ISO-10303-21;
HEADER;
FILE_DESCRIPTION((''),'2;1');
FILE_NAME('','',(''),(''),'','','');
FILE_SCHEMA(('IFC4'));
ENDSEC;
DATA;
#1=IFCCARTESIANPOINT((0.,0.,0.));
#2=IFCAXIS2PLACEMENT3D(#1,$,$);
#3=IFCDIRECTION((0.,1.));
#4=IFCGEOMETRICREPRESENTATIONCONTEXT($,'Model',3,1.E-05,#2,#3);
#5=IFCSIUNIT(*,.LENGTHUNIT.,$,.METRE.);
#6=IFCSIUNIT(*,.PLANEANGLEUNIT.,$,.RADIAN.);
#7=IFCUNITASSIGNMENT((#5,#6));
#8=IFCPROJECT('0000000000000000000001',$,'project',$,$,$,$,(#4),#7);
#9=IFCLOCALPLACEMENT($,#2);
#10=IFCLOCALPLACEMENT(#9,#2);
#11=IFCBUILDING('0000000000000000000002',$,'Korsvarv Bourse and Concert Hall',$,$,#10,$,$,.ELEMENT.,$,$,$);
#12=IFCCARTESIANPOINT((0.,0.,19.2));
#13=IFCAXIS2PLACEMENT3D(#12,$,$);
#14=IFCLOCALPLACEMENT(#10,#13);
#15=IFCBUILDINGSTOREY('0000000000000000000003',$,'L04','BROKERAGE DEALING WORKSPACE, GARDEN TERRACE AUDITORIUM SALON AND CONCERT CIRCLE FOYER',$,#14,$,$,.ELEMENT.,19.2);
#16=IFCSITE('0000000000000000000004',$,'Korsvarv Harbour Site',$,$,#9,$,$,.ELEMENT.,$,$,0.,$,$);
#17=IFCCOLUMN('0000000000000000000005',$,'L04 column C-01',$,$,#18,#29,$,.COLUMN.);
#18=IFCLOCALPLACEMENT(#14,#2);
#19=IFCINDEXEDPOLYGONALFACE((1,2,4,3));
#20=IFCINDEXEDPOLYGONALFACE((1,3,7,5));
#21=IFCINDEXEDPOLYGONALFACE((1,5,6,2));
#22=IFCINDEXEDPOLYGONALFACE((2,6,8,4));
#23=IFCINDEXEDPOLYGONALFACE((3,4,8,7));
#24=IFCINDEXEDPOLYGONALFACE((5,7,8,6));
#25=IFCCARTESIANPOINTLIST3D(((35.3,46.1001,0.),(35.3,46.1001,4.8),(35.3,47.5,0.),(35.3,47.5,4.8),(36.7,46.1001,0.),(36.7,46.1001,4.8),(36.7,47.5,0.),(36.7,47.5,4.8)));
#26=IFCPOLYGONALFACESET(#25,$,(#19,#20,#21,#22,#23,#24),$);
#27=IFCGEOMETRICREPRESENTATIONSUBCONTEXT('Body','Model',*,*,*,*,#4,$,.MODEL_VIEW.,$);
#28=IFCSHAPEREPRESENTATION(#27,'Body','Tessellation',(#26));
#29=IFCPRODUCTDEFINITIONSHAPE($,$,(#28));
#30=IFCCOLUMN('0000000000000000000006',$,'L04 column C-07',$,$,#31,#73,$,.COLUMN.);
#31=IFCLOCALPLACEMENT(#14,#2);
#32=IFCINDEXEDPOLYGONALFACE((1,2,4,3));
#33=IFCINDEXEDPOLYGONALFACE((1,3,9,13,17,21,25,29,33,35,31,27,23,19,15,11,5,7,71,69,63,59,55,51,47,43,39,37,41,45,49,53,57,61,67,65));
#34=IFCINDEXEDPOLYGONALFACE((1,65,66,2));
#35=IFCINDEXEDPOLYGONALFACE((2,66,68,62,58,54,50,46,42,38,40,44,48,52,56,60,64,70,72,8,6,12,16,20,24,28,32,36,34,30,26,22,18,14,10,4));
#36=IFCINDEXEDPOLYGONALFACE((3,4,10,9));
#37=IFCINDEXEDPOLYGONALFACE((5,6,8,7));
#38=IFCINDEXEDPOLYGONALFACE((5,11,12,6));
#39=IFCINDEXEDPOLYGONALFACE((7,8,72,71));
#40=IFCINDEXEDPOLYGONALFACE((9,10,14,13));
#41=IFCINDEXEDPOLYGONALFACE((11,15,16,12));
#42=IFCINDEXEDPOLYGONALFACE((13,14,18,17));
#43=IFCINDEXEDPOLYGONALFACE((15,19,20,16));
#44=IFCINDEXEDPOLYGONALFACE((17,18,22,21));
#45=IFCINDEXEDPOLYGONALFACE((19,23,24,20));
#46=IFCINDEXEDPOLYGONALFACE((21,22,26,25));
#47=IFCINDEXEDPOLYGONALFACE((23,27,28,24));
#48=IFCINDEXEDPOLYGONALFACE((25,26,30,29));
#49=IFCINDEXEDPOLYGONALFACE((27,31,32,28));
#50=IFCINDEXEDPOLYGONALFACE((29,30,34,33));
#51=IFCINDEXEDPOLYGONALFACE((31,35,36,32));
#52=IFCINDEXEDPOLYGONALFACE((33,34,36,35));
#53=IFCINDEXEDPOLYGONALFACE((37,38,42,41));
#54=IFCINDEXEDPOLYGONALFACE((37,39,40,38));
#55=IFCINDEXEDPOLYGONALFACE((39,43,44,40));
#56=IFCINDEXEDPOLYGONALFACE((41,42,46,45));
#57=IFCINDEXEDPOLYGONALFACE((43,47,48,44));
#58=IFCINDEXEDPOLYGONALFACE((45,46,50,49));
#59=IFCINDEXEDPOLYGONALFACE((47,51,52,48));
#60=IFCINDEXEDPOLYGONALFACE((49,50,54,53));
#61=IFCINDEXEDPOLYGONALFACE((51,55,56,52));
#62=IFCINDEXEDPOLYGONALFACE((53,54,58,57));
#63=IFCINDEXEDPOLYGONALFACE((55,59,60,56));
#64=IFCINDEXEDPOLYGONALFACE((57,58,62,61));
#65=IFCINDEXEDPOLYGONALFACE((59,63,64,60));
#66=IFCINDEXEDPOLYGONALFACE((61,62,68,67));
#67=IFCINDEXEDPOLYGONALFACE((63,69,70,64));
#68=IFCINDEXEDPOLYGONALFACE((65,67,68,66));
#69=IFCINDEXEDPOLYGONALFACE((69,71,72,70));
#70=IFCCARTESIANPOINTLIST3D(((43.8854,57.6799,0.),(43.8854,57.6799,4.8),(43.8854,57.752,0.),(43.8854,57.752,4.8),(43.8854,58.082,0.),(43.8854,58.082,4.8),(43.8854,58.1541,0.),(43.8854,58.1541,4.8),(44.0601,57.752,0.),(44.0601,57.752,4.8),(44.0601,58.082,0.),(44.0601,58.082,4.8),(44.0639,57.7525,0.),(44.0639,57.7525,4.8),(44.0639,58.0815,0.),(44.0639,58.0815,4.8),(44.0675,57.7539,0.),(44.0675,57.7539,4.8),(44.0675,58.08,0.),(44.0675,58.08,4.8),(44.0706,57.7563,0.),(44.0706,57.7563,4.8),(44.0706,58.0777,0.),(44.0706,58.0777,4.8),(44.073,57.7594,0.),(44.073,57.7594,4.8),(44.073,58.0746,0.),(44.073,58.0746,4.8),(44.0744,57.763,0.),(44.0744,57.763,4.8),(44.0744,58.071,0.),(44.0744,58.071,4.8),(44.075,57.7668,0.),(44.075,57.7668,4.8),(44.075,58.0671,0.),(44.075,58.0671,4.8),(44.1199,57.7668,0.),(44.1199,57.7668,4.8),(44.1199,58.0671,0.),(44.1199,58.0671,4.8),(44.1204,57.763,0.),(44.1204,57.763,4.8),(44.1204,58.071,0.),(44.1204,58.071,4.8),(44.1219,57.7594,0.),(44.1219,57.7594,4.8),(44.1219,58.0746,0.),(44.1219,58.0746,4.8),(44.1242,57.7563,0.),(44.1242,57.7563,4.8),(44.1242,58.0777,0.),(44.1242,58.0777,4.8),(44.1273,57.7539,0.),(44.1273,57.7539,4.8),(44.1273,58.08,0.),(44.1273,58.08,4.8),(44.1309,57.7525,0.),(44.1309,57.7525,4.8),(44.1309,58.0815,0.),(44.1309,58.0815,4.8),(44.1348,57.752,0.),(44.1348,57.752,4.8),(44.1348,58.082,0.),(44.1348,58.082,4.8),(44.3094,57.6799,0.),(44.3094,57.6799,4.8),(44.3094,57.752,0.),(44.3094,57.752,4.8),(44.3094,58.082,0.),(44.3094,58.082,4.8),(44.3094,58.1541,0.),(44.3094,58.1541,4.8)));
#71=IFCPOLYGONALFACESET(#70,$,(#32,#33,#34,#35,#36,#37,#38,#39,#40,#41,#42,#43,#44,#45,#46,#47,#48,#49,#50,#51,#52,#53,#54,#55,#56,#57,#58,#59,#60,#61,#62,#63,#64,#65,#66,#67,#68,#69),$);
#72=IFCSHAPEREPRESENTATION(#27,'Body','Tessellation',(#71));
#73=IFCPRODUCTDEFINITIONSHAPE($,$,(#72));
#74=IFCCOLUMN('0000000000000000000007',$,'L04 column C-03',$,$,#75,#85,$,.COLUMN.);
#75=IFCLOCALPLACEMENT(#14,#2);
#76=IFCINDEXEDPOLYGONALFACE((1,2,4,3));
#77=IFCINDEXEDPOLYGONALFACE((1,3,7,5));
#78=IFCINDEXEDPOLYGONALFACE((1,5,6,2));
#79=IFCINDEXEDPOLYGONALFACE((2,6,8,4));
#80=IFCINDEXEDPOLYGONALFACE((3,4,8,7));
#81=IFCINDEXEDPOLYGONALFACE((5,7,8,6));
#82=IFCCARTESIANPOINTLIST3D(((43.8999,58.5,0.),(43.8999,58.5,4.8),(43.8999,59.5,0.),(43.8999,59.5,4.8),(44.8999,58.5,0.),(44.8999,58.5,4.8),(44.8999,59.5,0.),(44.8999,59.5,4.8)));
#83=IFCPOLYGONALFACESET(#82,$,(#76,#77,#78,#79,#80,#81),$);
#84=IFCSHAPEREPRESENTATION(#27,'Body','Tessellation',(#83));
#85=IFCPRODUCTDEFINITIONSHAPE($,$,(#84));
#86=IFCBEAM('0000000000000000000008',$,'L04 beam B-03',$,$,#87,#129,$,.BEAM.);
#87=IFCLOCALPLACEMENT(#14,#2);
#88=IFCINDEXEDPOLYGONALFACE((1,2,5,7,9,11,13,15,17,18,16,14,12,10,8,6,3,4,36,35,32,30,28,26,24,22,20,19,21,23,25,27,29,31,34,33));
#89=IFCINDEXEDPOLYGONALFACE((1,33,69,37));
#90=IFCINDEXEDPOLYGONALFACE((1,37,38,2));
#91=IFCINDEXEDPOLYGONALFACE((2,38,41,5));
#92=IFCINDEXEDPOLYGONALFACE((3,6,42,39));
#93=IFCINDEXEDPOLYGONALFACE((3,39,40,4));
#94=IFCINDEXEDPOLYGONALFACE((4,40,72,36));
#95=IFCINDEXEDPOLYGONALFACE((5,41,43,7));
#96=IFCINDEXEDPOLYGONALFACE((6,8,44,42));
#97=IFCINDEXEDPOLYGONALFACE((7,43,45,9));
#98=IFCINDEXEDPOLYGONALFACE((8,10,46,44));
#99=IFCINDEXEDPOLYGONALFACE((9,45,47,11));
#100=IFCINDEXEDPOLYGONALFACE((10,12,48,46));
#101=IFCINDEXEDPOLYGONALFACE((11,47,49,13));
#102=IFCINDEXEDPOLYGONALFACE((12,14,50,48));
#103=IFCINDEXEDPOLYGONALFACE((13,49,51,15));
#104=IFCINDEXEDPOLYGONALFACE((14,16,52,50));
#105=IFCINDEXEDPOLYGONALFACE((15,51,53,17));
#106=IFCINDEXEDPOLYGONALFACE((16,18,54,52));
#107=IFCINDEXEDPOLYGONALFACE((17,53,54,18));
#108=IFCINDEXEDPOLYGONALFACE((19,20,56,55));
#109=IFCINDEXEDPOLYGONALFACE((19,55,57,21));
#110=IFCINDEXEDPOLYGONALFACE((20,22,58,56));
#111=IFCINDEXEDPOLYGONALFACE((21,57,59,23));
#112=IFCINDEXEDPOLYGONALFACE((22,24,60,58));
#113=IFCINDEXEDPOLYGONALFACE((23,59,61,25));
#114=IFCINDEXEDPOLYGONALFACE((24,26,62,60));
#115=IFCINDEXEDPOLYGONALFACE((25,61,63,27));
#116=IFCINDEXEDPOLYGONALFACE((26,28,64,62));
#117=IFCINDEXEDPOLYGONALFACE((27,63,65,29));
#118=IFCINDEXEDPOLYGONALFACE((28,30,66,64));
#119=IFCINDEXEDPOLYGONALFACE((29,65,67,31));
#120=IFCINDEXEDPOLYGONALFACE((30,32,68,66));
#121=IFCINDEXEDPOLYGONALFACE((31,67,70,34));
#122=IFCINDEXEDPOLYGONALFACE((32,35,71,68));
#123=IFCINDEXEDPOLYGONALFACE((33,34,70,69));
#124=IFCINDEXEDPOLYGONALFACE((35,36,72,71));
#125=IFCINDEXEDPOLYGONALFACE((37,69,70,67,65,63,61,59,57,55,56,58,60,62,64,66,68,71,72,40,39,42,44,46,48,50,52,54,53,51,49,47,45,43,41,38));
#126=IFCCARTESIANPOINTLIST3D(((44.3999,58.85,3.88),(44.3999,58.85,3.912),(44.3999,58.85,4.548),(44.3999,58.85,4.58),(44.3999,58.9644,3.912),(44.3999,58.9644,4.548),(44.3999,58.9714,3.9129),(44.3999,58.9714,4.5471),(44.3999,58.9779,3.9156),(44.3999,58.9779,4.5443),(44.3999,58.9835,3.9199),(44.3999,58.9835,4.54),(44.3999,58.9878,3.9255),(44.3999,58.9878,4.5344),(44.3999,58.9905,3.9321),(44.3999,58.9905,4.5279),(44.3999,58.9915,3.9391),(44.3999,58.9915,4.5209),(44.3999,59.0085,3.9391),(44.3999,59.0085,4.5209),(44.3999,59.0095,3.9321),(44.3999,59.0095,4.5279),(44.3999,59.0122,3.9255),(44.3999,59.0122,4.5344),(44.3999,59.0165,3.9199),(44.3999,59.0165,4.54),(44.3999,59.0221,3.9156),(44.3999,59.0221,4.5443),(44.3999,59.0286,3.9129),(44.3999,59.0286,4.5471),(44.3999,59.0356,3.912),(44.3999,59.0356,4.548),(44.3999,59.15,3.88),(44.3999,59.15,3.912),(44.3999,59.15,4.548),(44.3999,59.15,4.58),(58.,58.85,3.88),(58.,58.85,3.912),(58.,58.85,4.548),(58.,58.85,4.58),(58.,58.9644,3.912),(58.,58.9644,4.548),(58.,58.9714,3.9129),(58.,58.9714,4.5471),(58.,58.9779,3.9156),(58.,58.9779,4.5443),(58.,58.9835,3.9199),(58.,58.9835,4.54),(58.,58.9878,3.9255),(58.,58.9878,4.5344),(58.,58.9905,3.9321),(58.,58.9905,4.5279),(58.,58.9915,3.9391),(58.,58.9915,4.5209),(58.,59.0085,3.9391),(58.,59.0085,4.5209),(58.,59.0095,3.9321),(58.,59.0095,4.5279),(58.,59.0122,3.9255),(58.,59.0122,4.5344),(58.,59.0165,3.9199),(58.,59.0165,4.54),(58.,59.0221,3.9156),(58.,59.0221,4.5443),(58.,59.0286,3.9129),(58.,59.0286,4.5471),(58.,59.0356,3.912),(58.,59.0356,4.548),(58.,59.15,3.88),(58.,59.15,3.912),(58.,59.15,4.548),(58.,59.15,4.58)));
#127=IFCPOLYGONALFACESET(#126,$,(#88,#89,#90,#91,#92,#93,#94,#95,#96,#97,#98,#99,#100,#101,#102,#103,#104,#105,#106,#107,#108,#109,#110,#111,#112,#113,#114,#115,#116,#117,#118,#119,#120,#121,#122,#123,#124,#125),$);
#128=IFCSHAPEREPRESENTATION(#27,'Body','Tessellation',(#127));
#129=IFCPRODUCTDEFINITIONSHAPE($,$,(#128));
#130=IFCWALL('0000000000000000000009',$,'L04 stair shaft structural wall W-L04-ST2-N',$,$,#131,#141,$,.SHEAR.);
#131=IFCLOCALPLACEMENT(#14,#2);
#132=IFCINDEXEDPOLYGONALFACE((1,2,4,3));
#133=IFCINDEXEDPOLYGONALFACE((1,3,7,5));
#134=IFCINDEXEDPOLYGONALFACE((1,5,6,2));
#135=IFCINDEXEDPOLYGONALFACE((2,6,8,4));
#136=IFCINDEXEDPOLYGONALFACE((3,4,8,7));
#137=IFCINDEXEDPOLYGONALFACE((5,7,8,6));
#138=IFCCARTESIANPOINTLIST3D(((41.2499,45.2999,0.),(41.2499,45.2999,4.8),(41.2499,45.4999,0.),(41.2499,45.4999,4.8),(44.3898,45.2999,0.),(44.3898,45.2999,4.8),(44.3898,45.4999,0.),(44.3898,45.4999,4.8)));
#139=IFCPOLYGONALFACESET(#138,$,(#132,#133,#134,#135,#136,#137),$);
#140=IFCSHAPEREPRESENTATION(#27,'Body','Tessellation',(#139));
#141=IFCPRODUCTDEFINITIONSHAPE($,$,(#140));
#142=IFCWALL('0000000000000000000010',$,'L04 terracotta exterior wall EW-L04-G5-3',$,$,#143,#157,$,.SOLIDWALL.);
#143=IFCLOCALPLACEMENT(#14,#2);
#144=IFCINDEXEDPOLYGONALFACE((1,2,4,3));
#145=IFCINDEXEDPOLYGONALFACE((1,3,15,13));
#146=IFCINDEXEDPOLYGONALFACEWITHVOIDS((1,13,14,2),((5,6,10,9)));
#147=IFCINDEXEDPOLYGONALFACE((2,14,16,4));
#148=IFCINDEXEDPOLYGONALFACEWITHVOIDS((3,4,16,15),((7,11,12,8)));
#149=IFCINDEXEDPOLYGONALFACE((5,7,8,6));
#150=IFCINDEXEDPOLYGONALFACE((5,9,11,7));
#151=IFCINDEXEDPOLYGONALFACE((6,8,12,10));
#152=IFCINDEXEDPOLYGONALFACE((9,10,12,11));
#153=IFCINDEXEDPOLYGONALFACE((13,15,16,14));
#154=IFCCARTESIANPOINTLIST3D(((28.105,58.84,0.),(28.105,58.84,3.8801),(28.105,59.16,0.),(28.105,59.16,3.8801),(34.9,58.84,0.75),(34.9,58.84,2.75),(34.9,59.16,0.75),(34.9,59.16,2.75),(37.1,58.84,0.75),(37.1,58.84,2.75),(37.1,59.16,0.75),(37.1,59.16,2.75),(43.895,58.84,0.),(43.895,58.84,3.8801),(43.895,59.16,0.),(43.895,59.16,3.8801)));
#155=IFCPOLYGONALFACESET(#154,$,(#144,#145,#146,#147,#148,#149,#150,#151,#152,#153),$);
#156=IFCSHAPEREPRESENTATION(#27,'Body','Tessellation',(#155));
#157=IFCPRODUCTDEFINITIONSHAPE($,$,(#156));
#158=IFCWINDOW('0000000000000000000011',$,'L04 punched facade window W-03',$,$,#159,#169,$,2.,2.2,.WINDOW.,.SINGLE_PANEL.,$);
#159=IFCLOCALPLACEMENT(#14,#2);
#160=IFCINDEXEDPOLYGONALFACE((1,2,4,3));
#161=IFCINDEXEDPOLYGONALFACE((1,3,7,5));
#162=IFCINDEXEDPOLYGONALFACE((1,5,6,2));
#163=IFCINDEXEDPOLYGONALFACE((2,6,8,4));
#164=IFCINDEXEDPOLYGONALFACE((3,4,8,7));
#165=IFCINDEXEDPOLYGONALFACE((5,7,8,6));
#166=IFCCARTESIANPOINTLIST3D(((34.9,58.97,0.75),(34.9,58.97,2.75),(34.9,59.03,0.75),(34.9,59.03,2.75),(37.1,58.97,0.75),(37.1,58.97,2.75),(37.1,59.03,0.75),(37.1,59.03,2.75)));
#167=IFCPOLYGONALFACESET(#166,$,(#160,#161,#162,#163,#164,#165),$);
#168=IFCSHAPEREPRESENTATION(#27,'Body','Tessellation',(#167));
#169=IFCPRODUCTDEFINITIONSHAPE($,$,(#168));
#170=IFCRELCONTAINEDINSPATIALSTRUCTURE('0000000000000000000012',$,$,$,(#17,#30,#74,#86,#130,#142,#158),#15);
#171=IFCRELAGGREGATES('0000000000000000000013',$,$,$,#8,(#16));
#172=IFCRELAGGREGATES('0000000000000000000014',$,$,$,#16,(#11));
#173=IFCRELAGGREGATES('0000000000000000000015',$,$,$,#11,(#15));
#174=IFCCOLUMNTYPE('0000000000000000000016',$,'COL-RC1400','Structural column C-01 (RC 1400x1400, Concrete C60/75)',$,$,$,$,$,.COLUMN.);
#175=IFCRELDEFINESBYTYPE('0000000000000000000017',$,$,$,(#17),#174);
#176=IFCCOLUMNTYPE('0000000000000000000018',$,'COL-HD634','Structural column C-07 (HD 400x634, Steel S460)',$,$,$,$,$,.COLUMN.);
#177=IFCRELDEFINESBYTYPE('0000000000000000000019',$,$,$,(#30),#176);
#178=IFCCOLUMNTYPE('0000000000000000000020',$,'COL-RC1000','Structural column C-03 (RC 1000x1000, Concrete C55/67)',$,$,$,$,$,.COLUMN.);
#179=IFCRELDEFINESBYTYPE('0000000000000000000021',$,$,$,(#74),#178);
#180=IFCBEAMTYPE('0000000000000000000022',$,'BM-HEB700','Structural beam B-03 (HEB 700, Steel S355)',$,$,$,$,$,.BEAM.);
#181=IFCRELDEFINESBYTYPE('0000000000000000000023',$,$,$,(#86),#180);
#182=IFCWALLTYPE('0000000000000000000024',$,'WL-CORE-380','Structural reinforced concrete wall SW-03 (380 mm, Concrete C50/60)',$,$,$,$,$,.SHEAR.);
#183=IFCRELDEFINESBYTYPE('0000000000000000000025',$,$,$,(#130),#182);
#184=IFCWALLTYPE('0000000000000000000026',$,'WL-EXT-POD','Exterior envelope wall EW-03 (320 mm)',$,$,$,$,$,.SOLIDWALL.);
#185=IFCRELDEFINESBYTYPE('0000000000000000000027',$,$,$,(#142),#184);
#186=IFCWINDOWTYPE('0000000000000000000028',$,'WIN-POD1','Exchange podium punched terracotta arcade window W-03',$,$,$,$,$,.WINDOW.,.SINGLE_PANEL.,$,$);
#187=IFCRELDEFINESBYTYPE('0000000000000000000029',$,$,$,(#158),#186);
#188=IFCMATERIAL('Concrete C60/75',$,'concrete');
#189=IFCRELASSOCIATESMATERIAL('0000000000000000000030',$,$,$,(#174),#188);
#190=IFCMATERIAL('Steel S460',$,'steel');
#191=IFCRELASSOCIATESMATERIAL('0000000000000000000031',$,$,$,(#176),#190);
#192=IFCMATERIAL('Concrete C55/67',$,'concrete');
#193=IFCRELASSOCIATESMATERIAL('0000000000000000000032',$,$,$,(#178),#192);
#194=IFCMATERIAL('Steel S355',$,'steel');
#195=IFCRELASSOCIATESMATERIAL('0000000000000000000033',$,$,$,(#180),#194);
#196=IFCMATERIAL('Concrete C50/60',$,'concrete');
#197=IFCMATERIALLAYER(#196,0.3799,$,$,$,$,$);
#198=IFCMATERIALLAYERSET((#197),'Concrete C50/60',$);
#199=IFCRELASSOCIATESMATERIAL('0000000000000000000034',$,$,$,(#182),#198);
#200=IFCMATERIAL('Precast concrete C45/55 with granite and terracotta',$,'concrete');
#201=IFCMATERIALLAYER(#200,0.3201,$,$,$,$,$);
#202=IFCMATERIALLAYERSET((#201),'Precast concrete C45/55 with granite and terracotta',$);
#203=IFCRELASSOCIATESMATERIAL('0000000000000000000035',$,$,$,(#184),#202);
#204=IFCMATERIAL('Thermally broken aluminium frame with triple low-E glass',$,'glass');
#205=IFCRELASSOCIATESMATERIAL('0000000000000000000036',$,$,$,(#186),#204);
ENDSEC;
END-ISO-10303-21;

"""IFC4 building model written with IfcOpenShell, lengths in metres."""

from ifc_helpers import new_model, si_unit, direction, frame, frame_2d, origin, origin_2d, place, context, subcontext, project, spatial, rectangle, i_section, extrude, source, transform, mapped, material, layer, layer_set, material_profile, profile_set, type_object, element, fill, save


model = new_model("IFC4")

# Units and contexts
model_context = context("Model", 3, precision=1e-05, world=origin(), true_north=direction((0.0, 1.0)))
body_context = subcontext(model_context, "Body", "Model", "MODEL_VIEW")
ifc_project = project(units=[si_unit("LENGTHUNIT", "METRE"), si_unit("PLANEANGLEUNIT", "RADIAN")], contexts=[model_context])

# Site, building, storey
site_placement = place(None, origin())
site = spatial("IfcSite", under=ifc_project, at=site_placement, Name="Korsvarv Harbour Site", CompositionType="ELEMENT", RefElevation=0.0)
building_placement = place(site_placement, origin())
building = spatial("IfcBuilding", under=site, at=building_placement, Name="Korsvarv Bourse and Concert Hall", CompositionType="ELEMENT")
storey_placement = place(building_placement, frame((0.0, 0.0, 19.2)))
storey = spatial("IfcBuildingStorey", under=building, at=storey_placement, Name="L04", Description="BROKERAGE DEALING WORKSPACE, GARDEN TERRACE AUDITORIUM SALON AND CONCERT CIRCLE FOYER", CompositionType="ELEMENT", Elevation=19.2)

# Columns
ifc_material_1 = material(Name="Concrete C60/75", Category="concrete")
ifc_material_profile_1 = material_profile(ifc_material_1, rectangle(XDim=1.3999, YDim=1.3999, at=origin_2d()), Name="RC 1400x1400")
ifc_profile_set_1 = profile_set([ifc_material_profile_1], Name="Concrete C60/75")
column_type_1 = type_object("IfcColumnType", Name="COL-RC1400", Description="Structural column C-01 (RC 1400x1400, Concrete C60/75)", PredefinedType="COLUMN", material=ifc_profile_set_1)
shared_shape_1 = source(origin(), body_context, "Body", "SweptSolid", [
    extrude(rectangle(XDim=1.3999, YDim=1.3999, at=origin_2d()), origin(), (0.0, 0.0, 1.0), 4.8),
])
column_1_placement = place(storey_placement, frame((36.0, 46.8, 0.0), z_axis=(0.0, 0.0, 1.0), x_axis=(1.0, 0.0, 0.0)))
element("IfcColumn", 1, at=column_1_placement, inside=storey, type_object=column_type_1, Name="L04 column C-01", PredefinedType="COLUMN", context=body_context, shape_type="MappedRepresentation", body=[
    mapped(shared_shape_1, transform((0.0, 0.0, 0.0), scale=1.0)),
])
ifc_material_2 = material(Name="Steel S460", Category="steel")
ifc_material_profile_2 = material_profile(ifc_material_2, i_section(OverallWidth=0.4241, OverallDepth=0.4741, WebThickness=0.0449, FlangeThickness=0.072, FilletRadius=0.0149, at=origin_2d()), Name="HD 400x634")
ifc_profile_set_2 = profile_set([ifc_material_profile_2], Name="Steel S460")
column_type_2 = type_object("IfcColumnType", Name="COL-HD634", Description="Structural column C-07 (HD 400x634, Steel S460)", PredefinedType="COLUMN", material=ifc_profile_set_2)
shared_shape_2 = source(origin(), body_context, "Body", "SweptSolid", [
    extrude(i_section(OverallWidth=0.4241, OverallDepth=0.4741, WebThickness=0.0449, FlangeThickness=0.072, FilletRadius=0.0149, at=origin_2d()), origin(), (0.0, 0.0, 1.0), 4.8),
])
column_2_placement = place(storey_placement, frame((44.0974, 57.917, 0.0), z_axis=(0.0, 0.0, 1.0), x_axis=(1.0, 0.0, 0.0)))
element("IfcColumn", 2, at=column_2_placement, inside=storey, type_object=column_type_2, Name="L04 column C-07", PredefinedType="COLUMN", context=body_context, shape_type="MappedRepresentation", body=[
    mapped(shared_shape_2, transform((0.0, 0.0, 0.0), scale=1.0)),
])
ifc_material_3 = material(Name="Concrete C55/67", Category="concrete")
ifc_material_profile_3 = material_profile(ifc_material_3, rectangle(XDim=1.0, YDim=1.0, at=origin_2d()), Name="RC 1000x1000")
ifc_profile_set_3 = profile_set([ifc_material_profile_3], Name="Concrete C55/67")
column_type_3 = type_object("IfcColumnType", Name="COL-RC1000", Description="Structural column C-03 (RC 1000x1000, Concrete C55/67)", PredefinedType="COLUMN", material=ifc_profile_set_3)
shared_shape_3 = source(origin(), body_context, "Body", "SweptSolid", [
    extrude(rectangle(XDim=1.0, YDim=1.0, at=origin_2d()), origin(), (0.0, 0.0, 1.0), 4.8),
])
column_3_placement = place(storey_placement, frame((44.3999, 59.0, 0.0), z_axis=(0.0, 0.0, 1.0), x_axis=(1.0, 0.0, 0.0)))
element("IfcColumn", 3, at=column_3_placement, inside=storey, type_object=column_type_3, Name="L04 column C-03", PredefinedType="COLUMN", context=body_context, shape_type="MappedRepresentation", body=[
    mapped(shared_shape_3, transform((0.0, 0.0, 0.0), scale=1.0)),
])

# Beam
ifc_material_4 = material(Name="Steel S355", Category="steel")
ifc_material_profile_4 = material_profile(ifc_material_4, i_section(OverallWidth=0.3, OverallDepth=0.7, WebThickness=0.0171, FlangeThickness=0.032, FilletRadius=0.0271, at=origin_2d()), Name="HEB 700")
ifc_profile_set_4 = profile_set([ifc_material_profile_4], Name="Steel S355")
beam_type = type_object("IfcBeamType", Name="BM-HEB700", Description="Structural beam B-03 (HEB 700, Steel S355)", PredefinedType="BEAM", material=ifc_profile_set_4)
shared_shape_4 = source(origin(), body_context, "Body", "SweptSolid", [
    extrude(i_section(OverallWidth=0.3, OverallDepth=0.7, WebThickness=0.0171, FlangeThickness=0.032, FilletRadius=0.0271, at=origin_2d()), origin(), (0.0, 0.0, 1.0), 13.6001),
])
beam_placement = place(storey_placement, frame((44.3999, 59.0, 4.23), z_axis=(1.0, 0.0, 0.0), x_axis=(0.0, 1.0, 0.0)))
element("IfcBeam", 4, at=beam_placement, inside=storey, type_object=beam_type, Name="L04 beam B-03", PredefinedType="BEAM", context=body_context, shape_type="MappedRepresentation", body=[
    mapped(shared_shape_4, transform((0.0, 0.0, 0.0), scale=1.0)),
])

# Wall
ifc_material_5 = material(Name="Concrete C50/60", Category="concrete")
ifc_layer_1 = layer(ifc_material_5, 0.3799)
ifc_layer_set_1 = layer_set([ifc_layer_1], Name="Concrete C50/60")
wall_type_1 = type_object("IfcWallType", Name="WL-CORE-380", Description="Structural reinforced concrete wall SW-03 (380 mm, Concrete C50/60)", PredefinedType="SHEAR", material=ifc_layer_set_1)
wall_1_placement = place(storey_placement, frame((41.25, 45.3999, 0.0), z_axis=(0.0, 0.0, 1.0), x_axis=(1.0, 0.0, 0.0)))
element("IfcWall", 5, at=wall_1_placement, inside=storey, type_object=wall_type_1, Name="L04 stair shaft structural wall W-L04-ST2-N", PredefinedType="SHEAR", context=body_context, shape_type="SweptSolid", body=[
    extrude(rectangle(XDim=3.1399, YDim=0.2, at=frame_2d((1.5698, 0.0))), origin(), (0.0, 0.0, 1.0), 4.8),
])

# Wall, opening, window
ifc_material_6 = material(Name="Precast concrete C45/55 with granite and terracotta", Category="concrete")
ifc_layer_2 = layer(ifc_material_6, 0.3201)
ifc_layer_set_2 = layer_set([ifc_layer_2], Name="Precast concrete C45/55 with granite and terracotta")
wall_type_2 = type_object("IfcWallType", Name="WL-EXT-POD", Description="Exterior envelope wall EW-03 (320 mm)", PredefinedType="SOLIDWALL", material=ifc_layer_set_2)
wall_2_placement = place(storey_placement, frame((43.895, 59.0, 0.0), z_axis=(0.0, 0.0, 1.0), x_axis=(-1.0, 0.0, 0.0)))
wall_2 = element("IfcWall", 6, at=wall_2_placement, inside=storey, type_object=wall_type_2, Name="L04 terracotta exterior wall EW-L04-G5-3", PredefinedType="SOLIDWALL", context=body_context, shape_type="SweptSolid", body=[
    extrude(rectangle(XDim=15.79, YDim=0.3201, at=frame_2d((7.895, 0.0))), origin(), (0.0, 0.0, 1.0), 3.8801),
])
opening_1_placement = place(wall_2_placement, frame((6.7949, 0.0, 0.75)))
opening_1 = element("IfcOpeningElement", 7, at=opening_1_placement, cuts=wall_2, PredefinedType="OPENING", context=body_context, shape_type="SweptSolid", body=[
    extrude(rectangle(XDim=2.2, YDim=2.0, at=frame_2d((1.1001, 1.0))), frame((0.0, 0.1699, 0.0), z_axis=(0.0, -1.0, 0.0), x_axis=(1.0, 0.0, 0.0)), (0.0, 0.0, 1.0), 0.3401),
])
ifc_material_7 = material(Name="Thermally broken aluminium frame with triple low-E glass", Category="glass")
window_type = type_object("IfcWindowType", Name="WIN-POD1", Description="Exchange podium punched terracotta arcade window W-03", PartitioningType="SINGLE_PANEL", PredefinedType="WINDOW", material=ifc_material_7)
window_placement = place(opening_1_placement, origin())
window = element("IfcWindow", 8, at=window_placement, inside=storey, type_object=window_type, Name="L04 punched facade window W-03", OverallHeight=2.0, OverallWidth=2.2, PartitioningType="SINGLE_PANEL", PredefinedType="WINDOW", context=body_context, shape_type="SweptSolid", body=[
    extrude(rectangle(XDim=2.2, YDim=2.0, at=frame_2d((1.1001, 1.0))), frame((0.0, 0.03, 0.0), z_axis=(0.0, -1.0, 0.0), x_axis=(1.0, 0.0, 0.0)), (0.0, 0.0, 1.0), 0.0601),
])
fill(opening_1, window)

save(model, "model.ifc")
